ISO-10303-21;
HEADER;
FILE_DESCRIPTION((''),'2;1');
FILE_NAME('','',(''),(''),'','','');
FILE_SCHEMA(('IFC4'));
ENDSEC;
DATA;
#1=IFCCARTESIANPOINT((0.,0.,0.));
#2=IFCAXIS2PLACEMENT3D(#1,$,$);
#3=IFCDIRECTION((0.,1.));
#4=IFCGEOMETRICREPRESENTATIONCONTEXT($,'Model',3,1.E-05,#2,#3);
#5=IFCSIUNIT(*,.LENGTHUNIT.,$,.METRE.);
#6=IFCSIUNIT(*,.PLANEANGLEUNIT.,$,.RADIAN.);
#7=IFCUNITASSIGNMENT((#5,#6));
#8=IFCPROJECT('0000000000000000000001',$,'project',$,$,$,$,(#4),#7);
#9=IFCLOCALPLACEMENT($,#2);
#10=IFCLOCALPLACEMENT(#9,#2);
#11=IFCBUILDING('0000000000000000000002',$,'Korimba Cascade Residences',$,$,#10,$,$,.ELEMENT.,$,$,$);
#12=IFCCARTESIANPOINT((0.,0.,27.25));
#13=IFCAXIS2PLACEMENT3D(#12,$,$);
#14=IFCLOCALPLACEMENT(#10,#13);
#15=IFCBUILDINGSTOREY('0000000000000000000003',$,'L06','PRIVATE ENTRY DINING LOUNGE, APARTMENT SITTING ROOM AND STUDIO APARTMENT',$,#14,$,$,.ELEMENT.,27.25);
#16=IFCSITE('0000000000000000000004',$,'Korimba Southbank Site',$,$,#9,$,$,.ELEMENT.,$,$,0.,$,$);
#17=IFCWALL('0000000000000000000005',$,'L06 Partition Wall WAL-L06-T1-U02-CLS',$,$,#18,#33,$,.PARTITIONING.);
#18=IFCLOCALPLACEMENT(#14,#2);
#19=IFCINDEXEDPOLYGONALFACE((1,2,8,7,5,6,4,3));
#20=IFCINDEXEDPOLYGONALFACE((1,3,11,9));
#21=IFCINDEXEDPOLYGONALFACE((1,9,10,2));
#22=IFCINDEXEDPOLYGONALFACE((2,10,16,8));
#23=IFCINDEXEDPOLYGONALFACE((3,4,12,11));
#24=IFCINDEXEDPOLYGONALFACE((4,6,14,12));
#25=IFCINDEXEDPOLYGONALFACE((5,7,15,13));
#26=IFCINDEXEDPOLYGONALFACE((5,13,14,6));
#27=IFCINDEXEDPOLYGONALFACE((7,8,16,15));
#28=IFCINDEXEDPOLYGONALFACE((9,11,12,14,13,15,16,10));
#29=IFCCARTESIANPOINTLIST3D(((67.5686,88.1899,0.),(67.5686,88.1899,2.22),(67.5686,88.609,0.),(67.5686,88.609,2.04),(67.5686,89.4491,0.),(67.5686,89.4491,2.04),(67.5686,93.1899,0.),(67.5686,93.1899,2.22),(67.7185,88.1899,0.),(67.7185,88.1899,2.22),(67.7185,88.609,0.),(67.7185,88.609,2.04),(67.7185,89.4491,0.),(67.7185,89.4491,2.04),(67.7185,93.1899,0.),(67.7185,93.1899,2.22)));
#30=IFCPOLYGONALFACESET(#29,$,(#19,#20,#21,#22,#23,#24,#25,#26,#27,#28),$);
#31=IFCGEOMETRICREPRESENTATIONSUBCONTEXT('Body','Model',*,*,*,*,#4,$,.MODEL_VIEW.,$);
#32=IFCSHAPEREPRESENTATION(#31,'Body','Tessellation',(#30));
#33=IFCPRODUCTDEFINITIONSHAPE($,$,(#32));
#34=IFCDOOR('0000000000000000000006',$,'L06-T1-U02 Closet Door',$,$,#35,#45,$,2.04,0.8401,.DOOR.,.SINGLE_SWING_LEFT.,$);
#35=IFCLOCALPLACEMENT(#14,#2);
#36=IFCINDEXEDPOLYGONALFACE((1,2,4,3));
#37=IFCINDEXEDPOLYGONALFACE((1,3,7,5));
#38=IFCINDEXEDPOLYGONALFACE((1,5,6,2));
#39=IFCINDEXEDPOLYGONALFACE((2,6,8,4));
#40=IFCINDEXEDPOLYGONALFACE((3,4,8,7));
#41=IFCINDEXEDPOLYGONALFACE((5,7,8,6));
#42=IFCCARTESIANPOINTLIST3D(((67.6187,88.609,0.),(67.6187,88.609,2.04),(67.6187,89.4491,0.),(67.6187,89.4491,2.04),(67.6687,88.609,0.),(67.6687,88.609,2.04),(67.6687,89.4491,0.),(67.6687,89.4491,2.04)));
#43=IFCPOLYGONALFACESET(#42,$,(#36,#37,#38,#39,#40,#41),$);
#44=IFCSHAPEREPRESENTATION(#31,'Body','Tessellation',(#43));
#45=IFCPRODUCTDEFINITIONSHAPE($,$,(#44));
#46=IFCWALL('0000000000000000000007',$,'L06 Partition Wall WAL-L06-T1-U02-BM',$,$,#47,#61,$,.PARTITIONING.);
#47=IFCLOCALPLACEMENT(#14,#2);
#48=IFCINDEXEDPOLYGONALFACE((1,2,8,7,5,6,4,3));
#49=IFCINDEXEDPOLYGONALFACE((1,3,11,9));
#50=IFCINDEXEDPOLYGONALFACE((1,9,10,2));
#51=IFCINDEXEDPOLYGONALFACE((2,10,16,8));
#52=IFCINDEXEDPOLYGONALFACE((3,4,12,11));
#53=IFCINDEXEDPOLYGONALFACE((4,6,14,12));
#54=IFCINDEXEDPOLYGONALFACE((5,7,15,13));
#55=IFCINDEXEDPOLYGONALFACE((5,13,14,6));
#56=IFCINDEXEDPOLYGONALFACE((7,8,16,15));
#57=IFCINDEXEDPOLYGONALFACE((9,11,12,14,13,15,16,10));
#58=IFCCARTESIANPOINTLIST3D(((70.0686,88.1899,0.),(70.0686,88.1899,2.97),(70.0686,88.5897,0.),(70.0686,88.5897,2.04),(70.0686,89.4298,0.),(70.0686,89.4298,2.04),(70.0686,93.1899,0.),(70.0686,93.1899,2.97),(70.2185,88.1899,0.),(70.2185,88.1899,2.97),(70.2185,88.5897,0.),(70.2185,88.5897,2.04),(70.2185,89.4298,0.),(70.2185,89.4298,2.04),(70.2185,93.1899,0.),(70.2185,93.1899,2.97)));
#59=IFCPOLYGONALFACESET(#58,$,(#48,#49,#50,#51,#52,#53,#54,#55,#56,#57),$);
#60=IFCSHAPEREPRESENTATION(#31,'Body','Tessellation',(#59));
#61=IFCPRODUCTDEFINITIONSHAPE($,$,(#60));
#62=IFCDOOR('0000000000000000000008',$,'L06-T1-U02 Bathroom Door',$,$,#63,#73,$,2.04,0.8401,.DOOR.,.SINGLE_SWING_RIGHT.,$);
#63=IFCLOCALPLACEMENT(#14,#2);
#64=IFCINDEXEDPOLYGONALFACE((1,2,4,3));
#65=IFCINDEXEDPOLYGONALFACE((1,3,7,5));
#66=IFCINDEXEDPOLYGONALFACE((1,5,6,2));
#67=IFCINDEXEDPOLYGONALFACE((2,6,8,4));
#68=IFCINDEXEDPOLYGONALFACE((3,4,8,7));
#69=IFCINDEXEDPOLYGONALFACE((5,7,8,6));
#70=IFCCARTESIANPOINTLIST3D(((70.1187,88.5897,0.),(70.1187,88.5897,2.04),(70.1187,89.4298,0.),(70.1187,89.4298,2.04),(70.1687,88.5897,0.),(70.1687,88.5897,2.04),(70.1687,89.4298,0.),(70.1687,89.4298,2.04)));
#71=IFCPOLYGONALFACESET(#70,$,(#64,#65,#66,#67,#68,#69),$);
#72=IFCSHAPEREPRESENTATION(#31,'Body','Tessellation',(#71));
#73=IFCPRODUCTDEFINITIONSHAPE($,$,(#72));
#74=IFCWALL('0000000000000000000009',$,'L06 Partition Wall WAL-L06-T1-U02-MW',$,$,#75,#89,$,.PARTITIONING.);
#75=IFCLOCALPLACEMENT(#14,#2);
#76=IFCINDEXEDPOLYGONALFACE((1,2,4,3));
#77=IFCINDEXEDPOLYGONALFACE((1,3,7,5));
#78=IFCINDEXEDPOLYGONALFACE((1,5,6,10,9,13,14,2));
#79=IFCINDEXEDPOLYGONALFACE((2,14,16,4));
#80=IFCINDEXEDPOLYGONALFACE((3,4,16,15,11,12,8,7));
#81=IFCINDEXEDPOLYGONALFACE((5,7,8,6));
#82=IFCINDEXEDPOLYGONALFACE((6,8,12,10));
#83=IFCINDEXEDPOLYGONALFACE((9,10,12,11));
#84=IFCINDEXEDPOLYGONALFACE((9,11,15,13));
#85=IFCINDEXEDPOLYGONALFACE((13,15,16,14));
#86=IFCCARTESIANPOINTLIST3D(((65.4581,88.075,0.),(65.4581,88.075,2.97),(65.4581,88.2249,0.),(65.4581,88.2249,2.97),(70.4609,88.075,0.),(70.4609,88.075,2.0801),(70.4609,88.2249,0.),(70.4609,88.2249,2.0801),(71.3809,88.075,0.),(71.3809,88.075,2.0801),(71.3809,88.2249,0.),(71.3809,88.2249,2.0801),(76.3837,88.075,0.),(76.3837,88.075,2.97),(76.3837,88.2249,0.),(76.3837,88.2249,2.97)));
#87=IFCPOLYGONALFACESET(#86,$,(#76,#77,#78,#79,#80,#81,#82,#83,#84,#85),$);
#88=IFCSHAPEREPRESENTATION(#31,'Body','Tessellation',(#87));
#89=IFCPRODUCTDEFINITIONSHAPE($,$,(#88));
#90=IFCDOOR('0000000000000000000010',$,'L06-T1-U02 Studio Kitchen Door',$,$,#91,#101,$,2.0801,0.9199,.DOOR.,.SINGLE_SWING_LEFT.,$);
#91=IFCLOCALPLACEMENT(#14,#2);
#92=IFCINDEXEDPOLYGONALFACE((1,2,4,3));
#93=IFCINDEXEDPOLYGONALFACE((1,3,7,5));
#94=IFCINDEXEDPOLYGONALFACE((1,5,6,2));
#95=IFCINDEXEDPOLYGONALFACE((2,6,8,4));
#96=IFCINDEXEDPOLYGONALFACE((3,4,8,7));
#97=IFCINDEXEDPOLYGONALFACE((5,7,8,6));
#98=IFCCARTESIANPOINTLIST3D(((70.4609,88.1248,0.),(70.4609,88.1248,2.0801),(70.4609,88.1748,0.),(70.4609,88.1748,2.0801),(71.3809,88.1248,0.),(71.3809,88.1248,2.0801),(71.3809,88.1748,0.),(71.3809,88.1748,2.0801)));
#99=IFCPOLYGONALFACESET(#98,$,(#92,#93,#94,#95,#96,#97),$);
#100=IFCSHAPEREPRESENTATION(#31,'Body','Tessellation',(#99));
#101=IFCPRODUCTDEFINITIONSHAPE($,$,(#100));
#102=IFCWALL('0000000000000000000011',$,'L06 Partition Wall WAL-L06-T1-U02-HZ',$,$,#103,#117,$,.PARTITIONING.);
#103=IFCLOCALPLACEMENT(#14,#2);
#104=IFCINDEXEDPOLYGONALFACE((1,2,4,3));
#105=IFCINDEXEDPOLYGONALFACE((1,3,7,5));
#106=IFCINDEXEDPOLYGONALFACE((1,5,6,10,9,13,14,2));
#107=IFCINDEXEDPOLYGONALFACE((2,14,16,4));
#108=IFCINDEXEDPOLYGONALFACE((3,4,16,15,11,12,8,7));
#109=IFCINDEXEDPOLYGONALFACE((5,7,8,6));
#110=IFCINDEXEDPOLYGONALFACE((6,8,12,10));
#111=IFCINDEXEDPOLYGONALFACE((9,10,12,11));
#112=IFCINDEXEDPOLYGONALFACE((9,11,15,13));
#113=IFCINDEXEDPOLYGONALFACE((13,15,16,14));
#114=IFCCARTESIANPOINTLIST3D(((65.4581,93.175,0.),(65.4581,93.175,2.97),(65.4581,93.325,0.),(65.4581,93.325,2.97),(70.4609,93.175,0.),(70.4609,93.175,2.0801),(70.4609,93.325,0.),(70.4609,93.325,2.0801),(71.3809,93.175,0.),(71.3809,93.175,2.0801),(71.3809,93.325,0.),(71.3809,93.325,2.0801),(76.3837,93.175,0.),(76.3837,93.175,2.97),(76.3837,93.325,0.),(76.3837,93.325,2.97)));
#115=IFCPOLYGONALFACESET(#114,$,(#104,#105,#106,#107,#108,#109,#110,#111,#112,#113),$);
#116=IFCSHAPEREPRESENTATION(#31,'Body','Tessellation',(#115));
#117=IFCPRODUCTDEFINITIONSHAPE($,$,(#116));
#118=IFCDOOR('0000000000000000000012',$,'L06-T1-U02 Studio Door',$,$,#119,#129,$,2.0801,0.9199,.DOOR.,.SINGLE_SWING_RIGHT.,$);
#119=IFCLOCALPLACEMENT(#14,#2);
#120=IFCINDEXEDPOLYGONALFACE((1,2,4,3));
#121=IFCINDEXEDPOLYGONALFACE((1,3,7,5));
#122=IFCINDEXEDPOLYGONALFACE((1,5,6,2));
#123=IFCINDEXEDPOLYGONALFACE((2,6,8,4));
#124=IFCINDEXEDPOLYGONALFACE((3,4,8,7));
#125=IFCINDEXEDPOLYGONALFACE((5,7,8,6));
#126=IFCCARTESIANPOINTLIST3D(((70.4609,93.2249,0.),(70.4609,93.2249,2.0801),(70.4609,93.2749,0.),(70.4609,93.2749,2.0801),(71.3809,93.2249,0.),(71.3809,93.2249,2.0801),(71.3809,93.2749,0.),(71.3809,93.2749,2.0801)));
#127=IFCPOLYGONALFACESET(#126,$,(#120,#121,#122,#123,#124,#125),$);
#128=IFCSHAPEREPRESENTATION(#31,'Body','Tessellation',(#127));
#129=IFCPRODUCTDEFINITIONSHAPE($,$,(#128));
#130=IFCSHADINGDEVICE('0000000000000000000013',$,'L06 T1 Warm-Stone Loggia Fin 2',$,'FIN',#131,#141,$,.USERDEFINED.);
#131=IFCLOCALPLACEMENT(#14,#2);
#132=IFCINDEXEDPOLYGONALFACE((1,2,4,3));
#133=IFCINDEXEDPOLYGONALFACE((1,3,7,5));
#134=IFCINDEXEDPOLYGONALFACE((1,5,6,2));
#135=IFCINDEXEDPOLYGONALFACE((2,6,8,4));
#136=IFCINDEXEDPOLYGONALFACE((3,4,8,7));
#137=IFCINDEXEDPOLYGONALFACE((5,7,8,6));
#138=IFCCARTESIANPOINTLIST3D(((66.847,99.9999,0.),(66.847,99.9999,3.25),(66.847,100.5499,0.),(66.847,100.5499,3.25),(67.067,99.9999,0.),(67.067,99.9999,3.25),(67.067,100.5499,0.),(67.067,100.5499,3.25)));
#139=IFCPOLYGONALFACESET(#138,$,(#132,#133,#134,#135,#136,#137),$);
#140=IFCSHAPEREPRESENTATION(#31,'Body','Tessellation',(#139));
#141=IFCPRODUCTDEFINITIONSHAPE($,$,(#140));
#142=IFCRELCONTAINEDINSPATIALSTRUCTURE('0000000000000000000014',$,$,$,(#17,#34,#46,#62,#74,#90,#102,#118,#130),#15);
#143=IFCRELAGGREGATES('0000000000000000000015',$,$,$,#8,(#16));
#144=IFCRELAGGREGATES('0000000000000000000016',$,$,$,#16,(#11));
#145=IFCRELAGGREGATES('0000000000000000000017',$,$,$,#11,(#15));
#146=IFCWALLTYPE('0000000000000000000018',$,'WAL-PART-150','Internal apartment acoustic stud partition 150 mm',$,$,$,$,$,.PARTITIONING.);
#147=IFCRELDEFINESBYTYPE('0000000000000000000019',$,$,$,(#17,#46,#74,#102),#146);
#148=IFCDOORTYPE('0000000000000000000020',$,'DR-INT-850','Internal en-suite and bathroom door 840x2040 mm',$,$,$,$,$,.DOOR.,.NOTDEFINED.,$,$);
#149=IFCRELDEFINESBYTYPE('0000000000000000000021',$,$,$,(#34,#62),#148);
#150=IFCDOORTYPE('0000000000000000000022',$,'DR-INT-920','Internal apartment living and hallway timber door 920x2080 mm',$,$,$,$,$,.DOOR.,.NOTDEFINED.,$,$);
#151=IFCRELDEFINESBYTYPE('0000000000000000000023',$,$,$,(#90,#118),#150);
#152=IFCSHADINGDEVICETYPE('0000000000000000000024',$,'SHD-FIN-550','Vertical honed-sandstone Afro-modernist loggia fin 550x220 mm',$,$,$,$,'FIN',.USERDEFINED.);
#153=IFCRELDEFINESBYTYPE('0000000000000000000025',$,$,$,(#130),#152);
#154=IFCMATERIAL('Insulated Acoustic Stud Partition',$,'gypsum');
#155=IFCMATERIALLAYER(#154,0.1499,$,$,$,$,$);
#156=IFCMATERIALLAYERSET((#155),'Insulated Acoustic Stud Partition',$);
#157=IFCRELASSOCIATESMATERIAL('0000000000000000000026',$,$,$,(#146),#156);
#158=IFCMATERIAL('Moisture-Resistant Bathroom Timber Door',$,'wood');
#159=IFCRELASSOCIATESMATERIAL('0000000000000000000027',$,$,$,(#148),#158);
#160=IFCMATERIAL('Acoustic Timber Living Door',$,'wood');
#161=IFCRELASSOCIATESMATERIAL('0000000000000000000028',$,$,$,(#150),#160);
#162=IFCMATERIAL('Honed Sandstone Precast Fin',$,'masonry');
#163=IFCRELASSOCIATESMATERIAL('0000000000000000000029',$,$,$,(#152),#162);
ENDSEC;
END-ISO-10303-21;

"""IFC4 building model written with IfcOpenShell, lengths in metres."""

from ifc_helpers import new_model, si_unit, direction, frame, frame_2d, origin, origin_2d, place, context, subcontext, project, spatial, rectangle, extrude, material, layer, layer_set, type_object, element, fill, save


model = new_model("IFC4")

# Units and contexts
model_context = context("Model", 3, precision=1e-05, world=origin(), true_north=direction((0.0, 1.0)))
body_context = subcontext(model_context, "Body", "Model", "MODEL_VIEW")
ifc_project = project(units=[si_unit("LENGTHUNIT", "METRE"), si_unit("PLANEANGLEUNIT", "RADIAN")], contexts=[model_context])

# Site, building, storey
site_placement = place(None, origin())
site = spatial("IfcSite", under=ifc_project, at=site_placement, Name="Korimba Southbank Site", CompositionType="ELEMENT", RefElevation=0.0)
building_placement = place(site_placement, origin())
building = spatial("IfcBuilding", under=site, at=building_placement, Name="Korimba Cascade Residences", CompositionType="ELEMENT")
storey_placement = place(building_placement, frame((0.0, 0.0, 27.25)))
storey = spatial("IfcBuildingStorey", under=building, at=storey_placement, Name="L06", Description="PRIVATE ENTRY DINING LOUNGE, APARTMENT SITTING ROOM AND STUDIO APARTMENT", CompositionType="ELEMENT", Elevation=27.25)

# Walls, openings, doors
ifc_material_1 = material(Name="Insulated Acoustic Stud Partition", Category="gypsum")
ifc_layer = layer(ifc_material_1, 0.1499)
ifc_layer_set = layer_set([ifc_layer], Name="Insulated Acoustic Stud Partition")
wall_type = type_object("IfcWallType", Name="WAL-PART-150", Description="Internal apartment acoustic stud partition 150 mm", PredefinedType="PARTITIONING", material=ifc_layer_set)
wall_1_placement = place(storey_placement, frame((67.6436, 88.1899, 0.0), z_axis=(0.0, 0.0, 1.0), x_axis=(0.0, 1.0, 0.0)))
wall_1 = element("IfcWall", 1, at=wall_1_placement, inside=storey, type_object=wall_type, Name="L06 Partition Wall WAL-L06-T1-U02-CLS", PredefinedType="PARTITIONING", context=body_context, shape_type="SweptSolid", body=[
    extrude(rectangle(XDim=5.0, YDim=0.1499, at=frame_2d((2.5, 0.0))), origin(), (0.0, 0.0, 1.0), 2.22),
])
opening_1_placement = place(wall_1_placement, frame((0.4192, 0.0, 0.0)))
opening_1 = element("IfcOpeningElement", 2, at=opening_1_placement, cuts=wall_1, PredefinedType="OPENING", context=body_context, shape_type="SweptSolid", body=[
    extrude(rectangle(XDim=0.8401, YDim=2.04, at=frame_2d((0.4199, 1.02))), frame((0.0, 0.085, 0.0), z_axis=(0.0, -1.0, 0.0), x_axis=(1.0, 0.0, 0.0)), (0.0, 0.0, 1.0), 0.1699),
])
ifc_material_2 = material(Name="Moisture-Resistant Bathroom Timber Door", Category="wood")
door_type_1 = type_object("IfcDoorType", Name="DR-INT-850", Description="Internal en-suite and bathroom door 840x2040 mm", OperationType="NOTDEFINED", PredefinedType="DOOR", material=ifc_material_2)
door_1_placement = place(opening_1_placement, origin())
door_1 = element("IfcDoor", 3, at=door_1_placement, inside=storey, type_object=door_type_1, Name="L06-T1-U02 Closet Door", OperationType="SINGLE_SWING_LEFT", OverallHeight=2.04, OverallWidth=0.8401, PredefinedType="DOOR", context=body_context, shape_type="SweptSolid", body=[
    extrude(rectangle(XDim=0.8401, YDim=2.04, at=frame_2d((0.4199, 1.02))), frame((0.0, 0.0249, 0.0), z_axis=(0.0, -1.0, 0.0), x_axis=(1.0, 0.0, 0.0)), (0.0, 0.0, 1.0), 0.05),
])
fill(opening_1, door_1)
wall_2_placement = place(storey_placement, frame((70.1436, 88.1899, 0.0), z_axis=(0.0, 0.0, 1.0), x_axis=(0.0, 1.0, 0.0)))
wall_2 = element("IfcWall", 4, at=wall_2_placement, inside=storey, type_object=wall_type, Name="L06 Partition Wall WAL-L06-T1-U02-BM", PredefinedType="PARTITIONING", context=body_context, shape_type="SweptSolid", body=[
    extrude(rectangle(XDim=5.0, YDim=0.1499, at=frame_2d((2.5, 0.0))), origin(), (0.0, 0.0, 1.0), 2.97),
])
opening_2_placement = place(wall_2_placement, frame((0.3999, 0.0, 0.0)))
opening_2 = element("IfcOpeningElement", 5, at=opening_2_placement, cuts=wall_2, PredefinedType="OPENING", context=body_context, shape_type="SweptSolid", body=[
    extrude(rectangle(XDim=0.8401, YDim=2.04, at=frame_2d((0.4199, 1.02))), frame((0.0, 0.085, 0.0), z_axis=(0.0, -1.0, 0.0), x_axis=(1.0, 0.0, 0.0)), (0.0, 0.0, 1.0), 0.1699),
])
door_2_placement = place(opening_2_placement, origin())
door_2 = element("IfcDoor", 6, at=door_2_placement, inside=storey, type_object=door_type_1, Name="L06-T1-U02 Bathroom Door", OperationType="SINGLE_SWING_RIGHT", OverallHeight=2.04, OverallWidth=0.8401, PredefinedType="DOOR", context=body_context, shape_type="SweptSolid", body=[
    extrude(rectangle(XDim=0.8401, YDim=2.04, at=frame_2d((0.4199, 1.02))), frame((0.0, 0.0249, 0.0), z_axis=(0.0, -1.0, 0.0), x_axis=(1.0, 0.0, 0.0)), (0.0, 0.0, 1.0), 0.05),
])
fill(opening_2, door_2)
wall_3_placement = place(storey_placement, frame((65.458, 88.1499, 0.0), z_axis=(0.0, 0.0, 1.0), x_axis=(1.0, 0.0, 0.0)))
wall_3 = element("IfcWall", 7, at=wall_3_placement, inside=storey, type_object=wall_type, Name="L06 Partition Wall WAL-L06-T1-U02-MW", PredefinedType="PARTITIONING", context=body_context, shape_type="SweptSolid", body=[
    extrude(rectangle(XDim=10.9255, YDim=0.1499, at=frame_2d((5.4629, 0.0))), origin(), (0.0, 0.0, 1.0), 2.97),
])
opening_3_placement = place(wall_3_placement, frame((5.0029, 0.0, 0.0)))
opening_3 = element("IfcOpeningElement", 8, at=opening_3_placement, cuts=wall_3, PredefinedType="OPENING", context=body_context, shape_type="SweptSolid", body=[
    extrude(rectangle(XDim=0.9199, YDim=2.0801, at=frame_2d((0.46, 1.04))), frame((0.0, 0.085, 0.0), z_axis=(0.0, -1.0, 0.0), x_axis=(1.0, 0.0, 0.0)), (0.0, 0.0, 1.0), 0.1699),
])
ifc_material_3 = material(Name="Acoustic Timber Living Door", Category="wood")
door_type_2 = type_object("IfcDoorType", Name="DR-INT-920", Description="Internal apartment living and hallway timber door 920x2080 mm", OperationType="NOTDEFINED", PredefinedType="DOOR", material=ifc_material_3)
door_3_placement = place(opening_3_placement, origin())
door_3 = element("IfcDoor", 9, at=door_3_placement, inside=storey, type_object=door_type_2, Name="L06-T1-U02 Studio Kitchen Door", OperationType="SINGLE_SWING_LEFT", OverallHeight=2.0801, OverallWidth=0.9199, PredefinedType="DOOR", context=body_context, shape_type="SweptSolid", body=[
    extrude(rectangle(XDim=0.9199, YDim=2.0801, at=frame_2d((0.46, 1.04))), frame((0.0, 0.0249, 0.0), z_axis=(0.0, -1.0, 0.0), x_axis=(1.0, 0.0, 0.0)), (0.0, 0.0, 1.0), 0.05),
])
fill(opening_3, door_3)
wall_4_placement = place(storey_placement, frame((65.458, 93.25, 0.0), z_axis=(0.0, 0.0, 1.0), x_axis=(1.0, 0.0, 0.0)))
wall_4 = element("IfcWall", 10, at=wall_4_placement, inside=storey, type_object=wall_type, Name="L06 Partition Wall WAL-L06-T1-U02-HZ", PredefinedType="PARTITIONING", context=body_context, shape_type="SweptSolid", body=[
    extrude(rectangle(XDim=10.9255, YDim=0.1499, at=frame_2d((5.4629, 0.0))), origin(), (0.0, 0.0, 1.0), 2.97),
])
opening_4_placement = place(wall_4_placement, frame((5.0029, 0.0, 0.0)))
opening_4 = element("IfcOpeningElement", 11, at=opening_4_placement, cuts=wall_4, PredefinedType="OPENING", context=body_context, shape_type="SweptSolid", body=[
    extrude(rectangle(XDim=0.9199, YDim=2.0801, at=frame_2d((0.46, 1.04))), frame((0.0, 0.085, 0.0), z_axis=(0.0, -1.0, 0.0), x_axis=(1.0, 0.0, 0.0)), (0.0, 0.0, 1.0), 0.1699),
])
door_4_placement = place(opening_4_placement, origin())
door_4 = element("IfcDoor", 12, at=door_4_placement, inside=storey, type_object=door_type_2, Name="L06-T1-U02 Studio Door", OperationType="SINGLE_SWING_RIGHT", OverallHeight=2.0801, OverallWidth=0.9199, PredefinedType="DOOR", context=body_context, shape_type="SweptSolid", body=[
    extrude(rectangle(XDim=0.9199, YDim=2.0801, at=frame_2d((0.46, 1.04))), frame((0.0, 0.0249, 0.0), z_axis=(0.0, -1.0, 0.0), x_axis=(1.0, 0.0, 0.0)), (0.0, 0.0, 1.0), 0.05),
])
fill(opening_4, door_4)

# Shading device
ifc_material_4 = material(Name="Honed Sandstone Precast Fin", Category="masonry")
shading_device_type = type_object("IfcShadingDeviceType", Name="SHD-FIN-550", Description="Vertical honed-sandstone Afro-modernist loggia fin 550x220 mm", ElementType="FIN", PredefinedType="USERDEFINED", material=ifc_material_4)
shading_device_placement = place(storey_placement, frame((66.957, 100.2749, 0.0), z_axis=(0.0, 0.0, 1.0), x_axis=(1.0, 0.0, 0.0)))
element("IfcShadingDevice", 13, at=shading_device_placement, inside=storey, type_object=shading_device_type, Name="L06 T1 Warm-Stone Loggia Fin 2", ObjectType="FIN", PredefinedType="USERDEFINED", context=body_context, shape_type="SweptSolid", body=[
    extrude(rectangle(XDim=0.22, YDim=0.55, at=origin_2d()), origin(), (0.0, 0.0, 1.0), 3.25),
])

save(model, "model.ifc")
